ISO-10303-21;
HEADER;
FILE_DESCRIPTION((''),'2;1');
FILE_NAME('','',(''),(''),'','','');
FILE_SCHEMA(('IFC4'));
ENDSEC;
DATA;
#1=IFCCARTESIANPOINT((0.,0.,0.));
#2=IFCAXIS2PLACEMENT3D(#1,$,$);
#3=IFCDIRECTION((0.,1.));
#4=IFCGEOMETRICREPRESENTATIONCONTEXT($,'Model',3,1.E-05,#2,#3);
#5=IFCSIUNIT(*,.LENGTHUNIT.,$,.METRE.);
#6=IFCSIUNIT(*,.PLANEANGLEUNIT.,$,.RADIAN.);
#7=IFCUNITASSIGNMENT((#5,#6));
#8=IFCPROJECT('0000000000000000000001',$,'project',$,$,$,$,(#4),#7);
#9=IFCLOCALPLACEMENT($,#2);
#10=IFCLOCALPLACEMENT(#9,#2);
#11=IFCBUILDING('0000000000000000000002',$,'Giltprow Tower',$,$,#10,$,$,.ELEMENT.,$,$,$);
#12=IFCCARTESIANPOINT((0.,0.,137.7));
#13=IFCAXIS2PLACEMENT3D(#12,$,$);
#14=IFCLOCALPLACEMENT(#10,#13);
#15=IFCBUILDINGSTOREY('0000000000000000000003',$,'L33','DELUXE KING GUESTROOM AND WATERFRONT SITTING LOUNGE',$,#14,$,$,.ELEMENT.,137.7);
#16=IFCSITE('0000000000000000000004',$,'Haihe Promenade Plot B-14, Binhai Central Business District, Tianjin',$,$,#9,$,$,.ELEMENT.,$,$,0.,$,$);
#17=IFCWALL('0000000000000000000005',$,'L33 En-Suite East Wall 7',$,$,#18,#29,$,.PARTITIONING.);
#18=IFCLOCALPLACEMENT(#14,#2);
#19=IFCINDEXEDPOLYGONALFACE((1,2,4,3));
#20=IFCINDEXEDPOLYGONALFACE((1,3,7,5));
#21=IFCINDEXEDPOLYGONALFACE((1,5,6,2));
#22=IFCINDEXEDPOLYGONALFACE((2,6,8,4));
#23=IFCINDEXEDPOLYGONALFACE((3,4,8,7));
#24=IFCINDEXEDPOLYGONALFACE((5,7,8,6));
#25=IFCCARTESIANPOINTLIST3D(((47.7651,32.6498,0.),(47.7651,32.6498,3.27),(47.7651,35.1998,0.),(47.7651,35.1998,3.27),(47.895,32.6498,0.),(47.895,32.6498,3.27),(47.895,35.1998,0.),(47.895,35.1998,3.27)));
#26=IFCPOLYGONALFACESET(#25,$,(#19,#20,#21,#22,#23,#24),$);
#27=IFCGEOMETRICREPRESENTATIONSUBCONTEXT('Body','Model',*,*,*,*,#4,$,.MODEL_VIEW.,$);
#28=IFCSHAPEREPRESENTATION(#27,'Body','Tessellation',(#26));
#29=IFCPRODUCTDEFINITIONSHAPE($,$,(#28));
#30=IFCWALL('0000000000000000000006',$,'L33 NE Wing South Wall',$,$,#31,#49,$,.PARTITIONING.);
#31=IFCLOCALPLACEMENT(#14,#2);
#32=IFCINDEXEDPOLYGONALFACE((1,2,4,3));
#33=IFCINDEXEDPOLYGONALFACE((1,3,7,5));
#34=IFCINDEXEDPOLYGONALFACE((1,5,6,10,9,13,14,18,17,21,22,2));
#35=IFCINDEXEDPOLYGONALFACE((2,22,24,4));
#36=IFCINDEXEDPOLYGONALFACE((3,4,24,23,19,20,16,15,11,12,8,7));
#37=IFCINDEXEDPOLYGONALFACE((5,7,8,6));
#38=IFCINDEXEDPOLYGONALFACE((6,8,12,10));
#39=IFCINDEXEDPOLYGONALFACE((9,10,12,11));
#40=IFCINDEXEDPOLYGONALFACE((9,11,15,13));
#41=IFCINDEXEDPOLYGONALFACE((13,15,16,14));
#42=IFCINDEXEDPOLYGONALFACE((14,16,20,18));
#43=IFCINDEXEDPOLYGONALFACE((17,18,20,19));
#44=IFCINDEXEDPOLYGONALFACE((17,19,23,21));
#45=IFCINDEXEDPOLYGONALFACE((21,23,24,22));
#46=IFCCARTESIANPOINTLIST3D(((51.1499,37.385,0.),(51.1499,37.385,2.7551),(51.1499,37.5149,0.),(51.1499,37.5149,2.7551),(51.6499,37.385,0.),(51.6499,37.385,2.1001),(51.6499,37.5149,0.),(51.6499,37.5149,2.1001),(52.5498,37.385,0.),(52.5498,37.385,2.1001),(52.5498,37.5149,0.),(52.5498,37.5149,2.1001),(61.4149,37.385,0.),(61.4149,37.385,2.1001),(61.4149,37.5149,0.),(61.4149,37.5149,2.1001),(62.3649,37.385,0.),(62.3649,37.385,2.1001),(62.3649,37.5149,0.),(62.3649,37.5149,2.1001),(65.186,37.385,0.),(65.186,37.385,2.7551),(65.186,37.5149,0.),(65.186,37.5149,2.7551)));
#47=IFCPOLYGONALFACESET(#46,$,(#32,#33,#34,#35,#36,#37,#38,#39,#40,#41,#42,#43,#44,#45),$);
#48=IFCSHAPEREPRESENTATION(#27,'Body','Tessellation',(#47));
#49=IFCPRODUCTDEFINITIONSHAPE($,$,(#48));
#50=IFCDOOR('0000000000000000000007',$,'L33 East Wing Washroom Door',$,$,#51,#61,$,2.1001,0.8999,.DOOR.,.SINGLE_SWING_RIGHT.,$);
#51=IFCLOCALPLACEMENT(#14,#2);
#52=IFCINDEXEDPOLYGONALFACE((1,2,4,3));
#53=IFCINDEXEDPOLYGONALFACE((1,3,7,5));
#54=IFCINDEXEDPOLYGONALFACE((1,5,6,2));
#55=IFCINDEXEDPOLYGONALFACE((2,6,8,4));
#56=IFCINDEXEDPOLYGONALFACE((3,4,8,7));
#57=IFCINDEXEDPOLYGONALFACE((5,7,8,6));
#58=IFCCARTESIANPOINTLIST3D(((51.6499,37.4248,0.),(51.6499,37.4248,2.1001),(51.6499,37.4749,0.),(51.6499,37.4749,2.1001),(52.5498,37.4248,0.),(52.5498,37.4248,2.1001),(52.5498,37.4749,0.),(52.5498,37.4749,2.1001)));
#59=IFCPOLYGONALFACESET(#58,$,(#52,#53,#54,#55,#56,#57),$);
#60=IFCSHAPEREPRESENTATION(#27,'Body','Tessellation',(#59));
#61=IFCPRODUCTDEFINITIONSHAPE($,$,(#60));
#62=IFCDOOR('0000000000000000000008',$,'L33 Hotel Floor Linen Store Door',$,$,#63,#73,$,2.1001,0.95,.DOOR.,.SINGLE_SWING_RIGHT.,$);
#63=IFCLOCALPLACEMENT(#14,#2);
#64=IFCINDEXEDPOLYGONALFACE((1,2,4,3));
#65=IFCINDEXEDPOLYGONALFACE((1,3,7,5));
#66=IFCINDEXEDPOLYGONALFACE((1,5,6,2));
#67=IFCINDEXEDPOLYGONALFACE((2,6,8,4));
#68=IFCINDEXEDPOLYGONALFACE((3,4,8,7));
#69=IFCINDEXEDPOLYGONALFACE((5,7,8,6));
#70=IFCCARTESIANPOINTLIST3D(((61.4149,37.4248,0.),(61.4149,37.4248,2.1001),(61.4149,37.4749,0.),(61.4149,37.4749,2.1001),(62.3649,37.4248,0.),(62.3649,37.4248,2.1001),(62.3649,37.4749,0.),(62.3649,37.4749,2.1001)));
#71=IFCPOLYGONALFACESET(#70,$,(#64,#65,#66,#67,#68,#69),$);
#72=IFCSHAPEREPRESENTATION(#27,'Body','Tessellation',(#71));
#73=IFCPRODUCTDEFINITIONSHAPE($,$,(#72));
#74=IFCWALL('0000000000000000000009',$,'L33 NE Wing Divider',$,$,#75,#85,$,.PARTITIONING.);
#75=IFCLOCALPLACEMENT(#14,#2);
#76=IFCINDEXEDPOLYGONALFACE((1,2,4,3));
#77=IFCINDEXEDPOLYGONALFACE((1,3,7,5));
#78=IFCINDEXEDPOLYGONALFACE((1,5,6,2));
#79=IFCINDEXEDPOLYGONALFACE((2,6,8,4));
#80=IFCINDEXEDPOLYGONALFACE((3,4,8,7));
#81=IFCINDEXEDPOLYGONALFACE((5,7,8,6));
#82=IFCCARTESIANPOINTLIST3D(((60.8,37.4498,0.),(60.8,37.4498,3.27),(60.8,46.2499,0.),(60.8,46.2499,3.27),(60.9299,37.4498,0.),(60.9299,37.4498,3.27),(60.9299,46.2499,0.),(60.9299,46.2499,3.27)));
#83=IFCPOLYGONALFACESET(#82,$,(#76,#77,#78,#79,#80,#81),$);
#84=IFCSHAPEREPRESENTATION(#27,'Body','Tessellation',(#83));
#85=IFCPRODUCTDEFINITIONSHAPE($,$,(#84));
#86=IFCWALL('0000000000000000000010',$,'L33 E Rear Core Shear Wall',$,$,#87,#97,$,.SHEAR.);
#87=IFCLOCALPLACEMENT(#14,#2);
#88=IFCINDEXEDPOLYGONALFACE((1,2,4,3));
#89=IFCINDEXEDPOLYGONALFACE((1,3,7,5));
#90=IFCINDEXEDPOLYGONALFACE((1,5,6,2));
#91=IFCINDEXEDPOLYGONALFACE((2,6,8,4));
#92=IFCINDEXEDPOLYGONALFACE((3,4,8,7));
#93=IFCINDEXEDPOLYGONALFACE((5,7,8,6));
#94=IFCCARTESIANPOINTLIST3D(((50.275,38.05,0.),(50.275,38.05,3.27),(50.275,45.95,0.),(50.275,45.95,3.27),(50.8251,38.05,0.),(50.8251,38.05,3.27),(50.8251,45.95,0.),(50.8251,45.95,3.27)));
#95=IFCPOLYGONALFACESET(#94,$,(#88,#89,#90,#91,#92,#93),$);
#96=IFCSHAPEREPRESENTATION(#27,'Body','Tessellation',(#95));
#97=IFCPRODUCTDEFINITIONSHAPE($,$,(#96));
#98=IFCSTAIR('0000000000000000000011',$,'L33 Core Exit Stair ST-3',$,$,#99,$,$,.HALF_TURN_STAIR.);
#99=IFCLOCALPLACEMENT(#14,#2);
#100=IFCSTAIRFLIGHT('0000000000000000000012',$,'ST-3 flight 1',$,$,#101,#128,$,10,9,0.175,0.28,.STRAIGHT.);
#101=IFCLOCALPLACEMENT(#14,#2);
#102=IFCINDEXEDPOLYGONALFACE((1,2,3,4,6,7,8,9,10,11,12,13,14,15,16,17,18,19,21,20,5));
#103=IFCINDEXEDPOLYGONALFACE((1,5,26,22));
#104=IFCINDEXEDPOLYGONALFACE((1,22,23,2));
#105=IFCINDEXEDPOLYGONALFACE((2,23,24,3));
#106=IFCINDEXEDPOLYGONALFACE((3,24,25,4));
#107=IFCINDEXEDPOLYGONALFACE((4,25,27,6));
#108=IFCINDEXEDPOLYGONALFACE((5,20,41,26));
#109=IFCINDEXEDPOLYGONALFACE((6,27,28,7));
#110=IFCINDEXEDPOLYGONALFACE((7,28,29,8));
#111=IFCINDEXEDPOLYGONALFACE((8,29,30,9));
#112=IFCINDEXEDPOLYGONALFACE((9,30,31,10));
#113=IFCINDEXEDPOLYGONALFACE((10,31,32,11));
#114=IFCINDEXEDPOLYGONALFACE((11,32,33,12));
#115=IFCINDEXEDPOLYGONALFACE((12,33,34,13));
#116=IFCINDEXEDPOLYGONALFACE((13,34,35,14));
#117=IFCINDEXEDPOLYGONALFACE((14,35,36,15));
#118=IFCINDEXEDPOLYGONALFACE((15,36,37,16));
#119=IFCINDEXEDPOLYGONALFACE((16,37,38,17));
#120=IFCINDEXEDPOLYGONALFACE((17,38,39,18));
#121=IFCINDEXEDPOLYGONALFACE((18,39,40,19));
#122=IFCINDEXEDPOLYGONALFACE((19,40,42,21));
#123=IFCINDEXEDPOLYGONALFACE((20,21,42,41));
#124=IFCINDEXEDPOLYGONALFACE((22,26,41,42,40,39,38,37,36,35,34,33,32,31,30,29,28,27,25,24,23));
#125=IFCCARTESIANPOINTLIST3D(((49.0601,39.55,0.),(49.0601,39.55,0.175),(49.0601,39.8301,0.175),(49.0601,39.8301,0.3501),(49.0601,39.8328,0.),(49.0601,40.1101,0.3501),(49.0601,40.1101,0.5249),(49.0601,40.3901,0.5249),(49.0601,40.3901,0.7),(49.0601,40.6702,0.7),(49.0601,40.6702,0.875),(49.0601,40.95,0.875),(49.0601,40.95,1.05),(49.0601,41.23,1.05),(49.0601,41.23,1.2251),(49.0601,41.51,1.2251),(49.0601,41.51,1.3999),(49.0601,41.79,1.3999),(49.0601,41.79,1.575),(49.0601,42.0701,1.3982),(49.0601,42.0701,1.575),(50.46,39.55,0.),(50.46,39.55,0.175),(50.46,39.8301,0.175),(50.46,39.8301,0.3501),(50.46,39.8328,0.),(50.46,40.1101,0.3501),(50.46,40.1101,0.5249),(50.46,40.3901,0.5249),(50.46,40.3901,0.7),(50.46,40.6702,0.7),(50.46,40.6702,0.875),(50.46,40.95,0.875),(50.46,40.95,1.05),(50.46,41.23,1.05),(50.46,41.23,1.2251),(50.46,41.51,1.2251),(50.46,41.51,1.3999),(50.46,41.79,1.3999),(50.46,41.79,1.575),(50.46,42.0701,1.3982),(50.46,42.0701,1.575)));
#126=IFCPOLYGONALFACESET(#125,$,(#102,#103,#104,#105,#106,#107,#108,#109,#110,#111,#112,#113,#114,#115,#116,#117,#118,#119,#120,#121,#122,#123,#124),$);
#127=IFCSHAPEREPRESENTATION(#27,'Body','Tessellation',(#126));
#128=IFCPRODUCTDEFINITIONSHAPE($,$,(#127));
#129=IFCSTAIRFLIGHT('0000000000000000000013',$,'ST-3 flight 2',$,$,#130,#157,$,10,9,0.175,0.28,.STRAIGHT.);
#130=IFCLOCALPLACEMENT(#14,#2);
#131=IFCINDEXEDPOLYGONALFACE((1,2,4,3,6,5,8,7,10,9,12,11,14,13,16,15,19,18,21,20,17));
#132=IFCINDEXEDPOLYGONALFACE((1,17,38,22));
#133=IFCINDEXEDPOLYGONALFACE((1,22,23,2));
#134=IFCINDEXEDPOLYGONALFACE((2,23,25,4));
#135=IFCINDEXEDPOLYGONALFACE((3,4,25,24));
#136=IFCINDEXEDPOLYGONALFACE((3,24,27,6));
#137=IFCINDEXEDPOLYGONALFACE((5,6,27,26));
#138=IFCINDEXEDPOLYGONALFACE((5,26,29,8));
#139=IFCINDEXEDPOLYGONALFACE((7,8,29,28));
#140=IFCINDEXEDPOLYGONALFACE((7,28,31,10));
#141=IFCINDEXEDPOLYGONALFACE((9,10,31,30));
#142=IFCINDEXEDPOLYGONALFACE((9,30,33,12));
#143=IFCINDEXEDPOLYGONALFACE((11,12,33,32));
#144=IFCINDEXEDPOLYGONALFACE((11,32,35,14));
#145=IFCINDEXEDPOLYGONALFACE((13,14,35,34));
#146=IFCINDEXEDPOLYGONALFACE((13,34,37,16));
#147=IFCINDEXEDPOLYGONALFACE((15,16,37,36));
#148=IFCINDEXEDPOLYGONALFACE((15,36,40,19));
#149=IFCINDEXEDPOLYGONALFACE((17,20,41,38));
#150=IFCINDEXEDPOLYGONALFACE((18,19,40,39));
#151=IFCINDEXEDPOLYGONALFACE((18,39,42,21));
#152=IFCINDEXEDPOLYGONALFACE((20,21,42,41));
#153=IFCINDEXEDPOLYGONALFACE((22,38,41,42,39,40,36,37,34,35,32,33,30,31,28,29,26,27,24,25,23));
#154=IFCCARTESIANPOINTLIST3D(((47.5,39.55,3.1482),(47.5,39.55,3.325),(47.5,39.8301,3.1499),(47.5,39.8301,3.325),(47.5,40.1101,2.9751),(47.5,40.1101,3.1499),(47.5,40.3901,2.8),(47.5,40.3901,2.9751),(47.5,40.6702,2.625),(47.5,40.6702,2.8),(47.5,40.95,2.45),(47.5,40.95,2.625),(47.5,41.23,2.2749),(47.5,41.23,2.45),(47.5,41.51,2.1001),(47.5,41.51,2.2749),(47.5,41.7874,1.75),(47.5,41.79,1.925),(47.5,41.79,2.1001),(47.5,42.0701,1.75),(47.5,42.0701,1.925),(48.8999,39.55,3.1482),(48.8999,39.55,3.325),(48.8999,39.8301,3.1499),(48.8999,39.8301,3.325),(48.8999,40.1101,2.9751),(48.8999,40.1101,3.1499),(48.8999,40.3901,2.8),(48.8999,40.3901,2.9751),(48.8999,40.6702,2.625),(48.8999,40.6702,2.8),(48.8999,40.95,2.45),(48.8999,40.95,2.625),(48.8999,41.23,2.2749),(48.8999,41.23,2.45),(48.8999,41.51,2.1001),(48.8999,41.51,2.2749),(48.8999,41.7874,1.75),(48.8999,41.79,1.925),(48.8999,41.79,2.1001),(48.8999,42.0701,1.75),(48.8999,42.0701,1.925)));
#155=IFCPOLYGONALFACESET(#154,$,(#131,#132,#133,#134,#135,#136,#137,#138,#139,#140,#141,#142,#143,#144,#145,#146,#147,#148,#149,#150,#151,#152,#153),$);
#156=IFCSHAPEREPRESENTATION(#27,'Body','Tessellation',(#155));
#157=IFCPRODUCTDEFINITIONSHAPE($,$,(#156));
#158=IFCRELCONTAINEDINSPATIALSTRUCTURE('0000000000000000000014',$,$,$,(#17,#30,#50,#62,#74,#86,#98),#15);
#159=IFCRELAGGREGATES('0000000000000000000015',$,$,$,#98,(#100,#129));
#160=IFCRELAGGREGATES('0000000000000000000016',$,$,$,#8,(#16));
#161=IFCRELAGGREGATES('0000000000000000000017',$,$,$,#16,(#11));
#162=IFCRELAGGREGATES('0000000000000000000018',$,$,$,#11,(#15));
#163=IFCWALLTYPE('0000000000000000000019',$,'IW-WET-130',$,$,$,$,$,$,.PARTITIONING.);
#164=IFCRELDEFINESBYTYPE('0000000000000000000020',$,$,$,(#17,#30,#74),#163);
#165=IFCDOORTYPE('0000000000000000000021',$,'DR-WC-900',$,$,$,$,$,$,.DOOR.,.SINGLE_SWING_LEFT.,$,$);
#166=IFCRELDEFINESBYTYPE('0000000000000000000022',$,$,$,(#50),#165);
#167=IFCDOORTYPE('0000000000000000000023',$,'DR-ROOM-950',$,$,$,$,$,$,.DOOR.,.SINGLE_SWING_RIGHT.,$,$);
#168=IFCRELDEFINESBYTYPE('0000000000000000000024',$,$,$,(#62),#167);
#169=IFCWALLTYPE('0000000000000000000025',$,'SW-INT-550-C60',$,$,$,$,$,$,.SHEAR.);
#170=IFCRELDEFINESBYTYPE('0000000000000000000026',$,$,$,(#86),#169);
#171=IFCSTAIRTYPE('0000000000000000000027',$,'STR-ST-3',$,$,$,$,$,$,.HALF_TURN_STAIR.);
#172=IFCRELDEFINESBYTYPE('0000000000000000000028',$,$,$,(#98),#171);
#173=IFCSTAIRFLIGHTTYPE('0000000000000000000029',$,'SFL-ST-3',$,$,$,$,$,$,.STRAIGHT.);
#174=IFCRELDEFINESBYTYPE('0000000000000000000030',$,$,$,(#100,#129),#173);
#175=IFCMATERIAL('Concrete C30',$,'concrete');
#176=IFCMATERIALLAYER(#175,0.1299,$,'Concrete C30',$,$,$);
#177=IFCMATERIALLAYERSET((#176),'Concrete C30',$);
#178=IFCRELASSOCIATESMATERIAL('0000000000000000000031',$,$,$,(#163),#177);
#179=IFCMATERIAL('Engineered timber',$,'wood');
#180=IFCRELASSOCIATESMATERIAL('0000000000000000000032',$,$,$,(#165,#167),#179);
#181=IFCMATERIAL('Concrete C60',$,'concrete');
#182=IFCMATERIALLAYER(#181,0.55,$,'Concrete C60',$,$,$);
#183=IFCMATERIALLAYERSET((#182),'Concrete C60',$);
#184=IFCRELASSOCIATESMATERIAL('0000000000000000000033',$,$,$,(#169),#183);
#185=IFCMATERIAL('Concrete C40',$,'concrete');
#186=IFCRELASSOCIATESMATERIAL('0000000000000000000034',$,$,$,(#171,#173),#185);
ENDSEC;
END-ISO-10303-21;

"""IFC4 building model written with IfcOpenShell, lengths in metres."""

from ifc_helpers import new_model, si_unit, direction, frame, frame_2d, origin, place, context, subcontext, project, spatial, polyline, rectangle, outline, extrude, source, transform, mapped, material, layer, layer_set, type_object, element, fill, aggregate, save


model = new_model("IFC4")

# Units and contexts
model_context = context("Model", 3, precision=1e-05, world=origin(), true_north=direction((0.0, 1.0)))
body_context = subcontext(model_context, "Body", "Model", "MODEL_VIEW")
ifc_project = project(units=[si_unit("LENGTHUNIT", "METRE"), si_unit("PLANEANGLEUNIT", "RADIAN")], contexts=[model_context])

# Site, building, storey
site_placement = place(None, origin())
site = spatial("IfcSite", under=ifc_project, at=site_placement, Name="Haihe Promenade Plot B-14, Binhai Central Business District, Tianjin", CompositionType="ELEMENT", RefElevation=0.0)
building_placement = place(site_placement, origin())
building = spatial("IfcBuilding", under=site, at=building_placement, Name="Giltprow Tower", CompositionType="ELEMENT")
storey_placement = place(building_placement, frame((0.0, 0.0, 137.7)))
storey = spatial("IfcBuildingStorey", under=building, at=storey_placement, Name="L33", Description="DELUXE KING GUESTROOM AND WATERFRONT SITTING LOUNGE", CompositionType="ELEMENT", Elevation=137.7)

# Shared definitions
ifc_material_1 = material(Name="Concrete C60", Category="concrete")

# Shared definitions
ifc_material_2 = material(Name="Concrete C40", Category="concrete")

# Wall
ifc_material_3 = material(Name="Concrete C30", Category="concrete")
ifc_layer_1 = layer(ifc_material_3, 0.1299, Name="Concrete C30")
ifc_layer_set_1 = layer_set([ifc_layer_1], Name="Concrete C30")
wall_type_1 = type_object("IfcWallType", Name="IW-WET-130", PredefinedType="PARTITIONING", material=ifc_layer_set_1)
wall_1_placement = place(storey_placement, frame((47.8301, 32.6499, 0.0), z_axis=(0.0, 0.0, 1.0), x_axis=(0.0, 1.0, 0.0)))
element("IfcWall", 1, at=wall_1_placement, inside=storey, type_object=wall_type_1, Name="L33 En-Suite East Wall 7", PredefinedType="PARTITIONING", context=body_context, shape_type="SweptSolid", body=[
    extrude(rectangle(XDim=2.55, YDim=0.1299, at=frame_2d((1.2749, 0.0))), origin(), (0.0, 0.0, 1.0), 3.27),
])

# Wall, openings, doors
wall_2_placement = place(storey_placement, frame((51.1499, 37.45, 0.0), z_axis=(0.0, 0.0, 1.0), x_axis=(1.0, 0.0, 0.0)))
wall_2 = element("IfcWall", 2, at=wall_2_placement, inside=storey, type_object=wall_type_1, Name="L33 NE Wing South Wall", PredefinedType="PARTITIONING", context=body_context, shape_type="SweptSolid", body=[
    extrude(rectangle(XDim=14.0361, YDim=0.1299, at=frame_2d((7.0181, 0.0))), origin(), (0.0, 0.0, 1.0), 2.7551),
])
opening_1_placement = place(wall_2_placement, frame((0.5, 0.0, 0.0)))
opening_1 = element("IfcOpeningElement", 3, at=opening_1_placement, cuts=wall_2, PredefinedType="OPENING", context=body_context, shape_type="SweptSolid", body=[
    extrude(rectangle(XDim=0.8999, YDim=2.1001, at=frame_2d((0.45, 1.05))), frame((0.0, 0.075, 0.0), z_axis=(0.0, -1.0, 0.0), x_axis=(1.0, 0.0, 0.0)), (0.0, 0.0, 1.0), 0.1499),
])
opening_2_placement = place(wall_2_placement, frame((10.2649, 0.0, 0.0)))
opening_2 = element("IfcOpeningElement", 4, at=opening_2_placement, cuts=wall_2, PredefinedType="OPENING", context=body_context, shape_type="SweptSolid", body=[
    extrude(rectangle(XDim=0.95, YDim=2.1001, at=frame_2d((0.4751, 1.05))), frame((0.0, 0.075, 0.0), z_axis=(0.0, -1.0, 0.0), x_axis=(1.0, 0.0, 0.0)), (0.0, 0.0, 1.0), 0.1499),
])
ifc_material_4 = material(Name="Engineered timber", Category="wood")
door_type_1 = type_object("IfcDoorType", Name="DR-WC-900", OperationType="SINGLE_SWING_LEFT", PredefinedType="DOOR", material=ifc_material_4)
shared_shape_1 = source(origin(), body_context, "Body", "SweptSolid", [
    extrude(rectangle(XDim=0.8999, YDim=2.1001, at=frame_2d((0.45, 1.05))), frame((0.0, 0.0249, 0.0), z_axis=(0.0, -1.0, 0.0), x_axis=(1.0, 0.0, 0.0)), (0.0, 0.0, 1.0), 0.05),
])
door_1_placement = place(opening_1_placement, origin())
door_1 = element("IfcDoor", 5, at=door_1_placement, inside=storey, type_object=door_type_1, Name="L33 East Wing Washroom Door", OperationType="SINGLE_SWING_RIGHT", OverallHeight=2.1001, OverallWidth=0.8999, PredefinedType="DOOR", context=body_context, shape_type="MappedRepresentation", body=[
    mapped(shared_shape_1, transform((0.0, 0.0, 0.0), x_axis=(1.0, 0.0, 0.0), y_axis=(0.0, 1.0, 0.0), z_axis=(0.0, 0.0, 1.0), scale=1.0)),
])
fill(opening_1, door_1)
door_type_2 = type_object("IfcDoorType", Name="DR-ROOM-950", OperationType="SINGLE_SWING_RIGHT", PredefinedType="DOOR", material=ifc_material_4)
shared_shape_2 = source(origin(), body_context, "Body", "SweptSolid", [
    extrude(rectangle(XDim=0.95, YDim=2.1001, at=frame_2d((0.4751, 1.05))), frame((0.0, 0.0249, 0.0), z_axis=(0.0, -1.0, 0.0), x_axis=(1.0, 0.0, 0.0)), (0.0, 0.0, 1.0), 0.05),
])
door_2_placement = place(opening_2_placement, origin())
door_2 = element("IfcDoor", 6, at=door_2_placement, inside=storey, type_object=door_type_2, Name="L33 Hotel Floor Linen Store Door", OperationType="SINGLE_SWING_RIGHT", OverallHeight=2.1001, OverallWidth=0.95, PredefinedType="DOOR", context=body_context, shape_type="MappedRepresentation", body=[
    mapped(shared_shape_2, transform((0.0, 0.0, 0.0), x_axis=(1.0, 0.0, 0.0), y_axis=(0.0, 1.0, 0.0), z_axis=(0.0, 0.0, 1.0), scale=1.0)),
])
fill(opening_2, door_2)

# Walls
wall_3_placement = place(storey_placement, frame((60.865, 37.45, 0.0), z_axis=(0.0, 0.0, 1.0), x_axis=(0.0, 1.0, 0.0)))
element("IfcWall", 7, at=wall_3_placement, inside=storey, type_object=wall_type_1, Name="L33 NE Wing Divider", PredefinedType="PARTITIONING", context=body_context, shape_type="SweptSolid", body=[
    extrude(rectangle(XDim=8.8, YDim=0.1299, at=frame_2d((4.3999, 0.0))), origin(), (0.0, 0.0, 1.0), 3.27),
])
ifc_layer_2 = layer(ifc_material_1, 0.55, Name="Concrete C60")
ifc_layer_set_2 = layer_set([ifc_layer_2], Name="Concrete C60")
wall_type_2 = type_object("IfcWallType", Name="SW-INT-550-C60", PredefinedType="SHEAR", material=ifc_layer_set_2)
wall_4_placement = place(storey_placement, frame((50.55, 38.05, 0.0), z_axis=(0.0, 0.0, 1.0), x_axis=(0.0, 1.0, 0.0)))
element("IfcWall", 8, at=wall_4_placement, inside=storey, type_object=wall_type_2, Name="L33 E Rear Core Shear Wall", PredefinedType="SHEAR", context=body_context, shape_type="SweptSolid", body=[
    extrude(rectangle(XDim=7.8999, YDim=0.55, at=frame_2d((3.95, 0.0))), origin(), (0.0, 0.0, 1.0), 3.27),
])

# Stair, stair flights
stair_type = type_object("IfcStairType", Name="STR-ST-3", PredefinedType="HALF_TURN_STAIR", material=ifc_material_2)
stair_placement = place(storey_placement, origin())
stair = element("IfcStair", 9, at=stair_placement, inside=storey, type_object=stair_type, Name="L33 Core Exit Stair ST-3", PredefinedType="HALF_TURN_STAIR")
stair_flight_type = type_object("IfcStairFlightType", Name="SFL-ST-3", PredefinedType="STRAIGHT", material=ifc_material_2)
stair_flight_1_placement = place(storey_placement, frame((49.76, 39.55, 0.0), z_axis=(0.0, 0.0, 1.0), x_axis=(0.0, 1.0, 0.0)))
stair_flight_1 = element("IfcStairFlight", 10, at=stair_flight_1_placement, type_object=stair_flight_type, Name="ST-3 flight 1", NumberOfRisers=10, NumberOfTreads=9, PredefinedType="STRAIGHT", RiserHeight=0.175, TreadLength=0.28, context=body_context, shape_type="SweptSolid", body=[
    extrude(outline(polyline([(0.0, 0.0), (0.0, 0.175), (0.28, 0.175), (0.28, 0.3501), (0.5601, 0.3501), (0.5601, 0.5249), (0.8401, 0.5249), (0.8401, 0.7), (1.1201, 0.7), (1.1201, 0.875), (1.3999, 0.875), (1.3999, 1.05), (1.6799, 1.05), (1.6799, 1.2251), (1.96, 1.2251), (1.96, 1.3999), (2.24, 1.3999), (2.24, 1.575), (2.52, 1.575), (2.52, 1.75), (2.52, 1.3982), (0.2827, 0.0), (0.0, 0.0)])), frame((0.0, 0.7, 0.0), z_axis=(0.0, -1.0, 0.0), x_axis=(1.0, 0.0, 0.0)), (0.0, 0.0, 1.0), 1.3999),
])
stair_flight_2_placement = place(storey_placement, frame((48.2, 42.0701, 1.75), z_axis=(0.0, 0.0, 1.0), x_axis=(0.0, -1.0, 0.0)))
stair_flight_2 = element("IfcStairFlight", 11, at=stair_flight_2_placement, type_object=stair_flight_type, Name="ST-3 flight 2", NumberOfRisers=10, NumberOfTreads=9, PredefinedType="STRAIGHT", RiserHeight=0.175, TreadLength=0.28, context=body_context, shape_type="SweptSolid", body=[
    extrude(outline(polyline([(0.0, 0.0), (0.0, 0.175), (0.28, 0.175), (0.28, 0.3501), (0.5601, 0.3501), (0.5601, 0.5249), (0.8401, 0.5249), (0.8401, 0.7), (1.1201, 0.7), (1.1201, 0.875), (1.3999, 0.875), (1.3999, 1.05), (1.6799, 1.05), (1.6799, 1.2251), (1.96, 1.2251), (1.96, 1.3999), (2.24, 1.3999), (2.24, 1.575), (2.52, 1.575), (2.52, 1.75), (2.52, 1.3982), (0.2827, 0.0), (0.0, 0.0)])), frame((0.0, 0.7, 0.0), z_axis=(0.0, -1.0, 0.0), x_axis=(1.0, 0.0, 0.0)), (0.0, 0.0, 1.0), 1.3999),
])
aggregate(stair, [stair_flight_1, stair_flight_2])

save(model, "model.ifc")
